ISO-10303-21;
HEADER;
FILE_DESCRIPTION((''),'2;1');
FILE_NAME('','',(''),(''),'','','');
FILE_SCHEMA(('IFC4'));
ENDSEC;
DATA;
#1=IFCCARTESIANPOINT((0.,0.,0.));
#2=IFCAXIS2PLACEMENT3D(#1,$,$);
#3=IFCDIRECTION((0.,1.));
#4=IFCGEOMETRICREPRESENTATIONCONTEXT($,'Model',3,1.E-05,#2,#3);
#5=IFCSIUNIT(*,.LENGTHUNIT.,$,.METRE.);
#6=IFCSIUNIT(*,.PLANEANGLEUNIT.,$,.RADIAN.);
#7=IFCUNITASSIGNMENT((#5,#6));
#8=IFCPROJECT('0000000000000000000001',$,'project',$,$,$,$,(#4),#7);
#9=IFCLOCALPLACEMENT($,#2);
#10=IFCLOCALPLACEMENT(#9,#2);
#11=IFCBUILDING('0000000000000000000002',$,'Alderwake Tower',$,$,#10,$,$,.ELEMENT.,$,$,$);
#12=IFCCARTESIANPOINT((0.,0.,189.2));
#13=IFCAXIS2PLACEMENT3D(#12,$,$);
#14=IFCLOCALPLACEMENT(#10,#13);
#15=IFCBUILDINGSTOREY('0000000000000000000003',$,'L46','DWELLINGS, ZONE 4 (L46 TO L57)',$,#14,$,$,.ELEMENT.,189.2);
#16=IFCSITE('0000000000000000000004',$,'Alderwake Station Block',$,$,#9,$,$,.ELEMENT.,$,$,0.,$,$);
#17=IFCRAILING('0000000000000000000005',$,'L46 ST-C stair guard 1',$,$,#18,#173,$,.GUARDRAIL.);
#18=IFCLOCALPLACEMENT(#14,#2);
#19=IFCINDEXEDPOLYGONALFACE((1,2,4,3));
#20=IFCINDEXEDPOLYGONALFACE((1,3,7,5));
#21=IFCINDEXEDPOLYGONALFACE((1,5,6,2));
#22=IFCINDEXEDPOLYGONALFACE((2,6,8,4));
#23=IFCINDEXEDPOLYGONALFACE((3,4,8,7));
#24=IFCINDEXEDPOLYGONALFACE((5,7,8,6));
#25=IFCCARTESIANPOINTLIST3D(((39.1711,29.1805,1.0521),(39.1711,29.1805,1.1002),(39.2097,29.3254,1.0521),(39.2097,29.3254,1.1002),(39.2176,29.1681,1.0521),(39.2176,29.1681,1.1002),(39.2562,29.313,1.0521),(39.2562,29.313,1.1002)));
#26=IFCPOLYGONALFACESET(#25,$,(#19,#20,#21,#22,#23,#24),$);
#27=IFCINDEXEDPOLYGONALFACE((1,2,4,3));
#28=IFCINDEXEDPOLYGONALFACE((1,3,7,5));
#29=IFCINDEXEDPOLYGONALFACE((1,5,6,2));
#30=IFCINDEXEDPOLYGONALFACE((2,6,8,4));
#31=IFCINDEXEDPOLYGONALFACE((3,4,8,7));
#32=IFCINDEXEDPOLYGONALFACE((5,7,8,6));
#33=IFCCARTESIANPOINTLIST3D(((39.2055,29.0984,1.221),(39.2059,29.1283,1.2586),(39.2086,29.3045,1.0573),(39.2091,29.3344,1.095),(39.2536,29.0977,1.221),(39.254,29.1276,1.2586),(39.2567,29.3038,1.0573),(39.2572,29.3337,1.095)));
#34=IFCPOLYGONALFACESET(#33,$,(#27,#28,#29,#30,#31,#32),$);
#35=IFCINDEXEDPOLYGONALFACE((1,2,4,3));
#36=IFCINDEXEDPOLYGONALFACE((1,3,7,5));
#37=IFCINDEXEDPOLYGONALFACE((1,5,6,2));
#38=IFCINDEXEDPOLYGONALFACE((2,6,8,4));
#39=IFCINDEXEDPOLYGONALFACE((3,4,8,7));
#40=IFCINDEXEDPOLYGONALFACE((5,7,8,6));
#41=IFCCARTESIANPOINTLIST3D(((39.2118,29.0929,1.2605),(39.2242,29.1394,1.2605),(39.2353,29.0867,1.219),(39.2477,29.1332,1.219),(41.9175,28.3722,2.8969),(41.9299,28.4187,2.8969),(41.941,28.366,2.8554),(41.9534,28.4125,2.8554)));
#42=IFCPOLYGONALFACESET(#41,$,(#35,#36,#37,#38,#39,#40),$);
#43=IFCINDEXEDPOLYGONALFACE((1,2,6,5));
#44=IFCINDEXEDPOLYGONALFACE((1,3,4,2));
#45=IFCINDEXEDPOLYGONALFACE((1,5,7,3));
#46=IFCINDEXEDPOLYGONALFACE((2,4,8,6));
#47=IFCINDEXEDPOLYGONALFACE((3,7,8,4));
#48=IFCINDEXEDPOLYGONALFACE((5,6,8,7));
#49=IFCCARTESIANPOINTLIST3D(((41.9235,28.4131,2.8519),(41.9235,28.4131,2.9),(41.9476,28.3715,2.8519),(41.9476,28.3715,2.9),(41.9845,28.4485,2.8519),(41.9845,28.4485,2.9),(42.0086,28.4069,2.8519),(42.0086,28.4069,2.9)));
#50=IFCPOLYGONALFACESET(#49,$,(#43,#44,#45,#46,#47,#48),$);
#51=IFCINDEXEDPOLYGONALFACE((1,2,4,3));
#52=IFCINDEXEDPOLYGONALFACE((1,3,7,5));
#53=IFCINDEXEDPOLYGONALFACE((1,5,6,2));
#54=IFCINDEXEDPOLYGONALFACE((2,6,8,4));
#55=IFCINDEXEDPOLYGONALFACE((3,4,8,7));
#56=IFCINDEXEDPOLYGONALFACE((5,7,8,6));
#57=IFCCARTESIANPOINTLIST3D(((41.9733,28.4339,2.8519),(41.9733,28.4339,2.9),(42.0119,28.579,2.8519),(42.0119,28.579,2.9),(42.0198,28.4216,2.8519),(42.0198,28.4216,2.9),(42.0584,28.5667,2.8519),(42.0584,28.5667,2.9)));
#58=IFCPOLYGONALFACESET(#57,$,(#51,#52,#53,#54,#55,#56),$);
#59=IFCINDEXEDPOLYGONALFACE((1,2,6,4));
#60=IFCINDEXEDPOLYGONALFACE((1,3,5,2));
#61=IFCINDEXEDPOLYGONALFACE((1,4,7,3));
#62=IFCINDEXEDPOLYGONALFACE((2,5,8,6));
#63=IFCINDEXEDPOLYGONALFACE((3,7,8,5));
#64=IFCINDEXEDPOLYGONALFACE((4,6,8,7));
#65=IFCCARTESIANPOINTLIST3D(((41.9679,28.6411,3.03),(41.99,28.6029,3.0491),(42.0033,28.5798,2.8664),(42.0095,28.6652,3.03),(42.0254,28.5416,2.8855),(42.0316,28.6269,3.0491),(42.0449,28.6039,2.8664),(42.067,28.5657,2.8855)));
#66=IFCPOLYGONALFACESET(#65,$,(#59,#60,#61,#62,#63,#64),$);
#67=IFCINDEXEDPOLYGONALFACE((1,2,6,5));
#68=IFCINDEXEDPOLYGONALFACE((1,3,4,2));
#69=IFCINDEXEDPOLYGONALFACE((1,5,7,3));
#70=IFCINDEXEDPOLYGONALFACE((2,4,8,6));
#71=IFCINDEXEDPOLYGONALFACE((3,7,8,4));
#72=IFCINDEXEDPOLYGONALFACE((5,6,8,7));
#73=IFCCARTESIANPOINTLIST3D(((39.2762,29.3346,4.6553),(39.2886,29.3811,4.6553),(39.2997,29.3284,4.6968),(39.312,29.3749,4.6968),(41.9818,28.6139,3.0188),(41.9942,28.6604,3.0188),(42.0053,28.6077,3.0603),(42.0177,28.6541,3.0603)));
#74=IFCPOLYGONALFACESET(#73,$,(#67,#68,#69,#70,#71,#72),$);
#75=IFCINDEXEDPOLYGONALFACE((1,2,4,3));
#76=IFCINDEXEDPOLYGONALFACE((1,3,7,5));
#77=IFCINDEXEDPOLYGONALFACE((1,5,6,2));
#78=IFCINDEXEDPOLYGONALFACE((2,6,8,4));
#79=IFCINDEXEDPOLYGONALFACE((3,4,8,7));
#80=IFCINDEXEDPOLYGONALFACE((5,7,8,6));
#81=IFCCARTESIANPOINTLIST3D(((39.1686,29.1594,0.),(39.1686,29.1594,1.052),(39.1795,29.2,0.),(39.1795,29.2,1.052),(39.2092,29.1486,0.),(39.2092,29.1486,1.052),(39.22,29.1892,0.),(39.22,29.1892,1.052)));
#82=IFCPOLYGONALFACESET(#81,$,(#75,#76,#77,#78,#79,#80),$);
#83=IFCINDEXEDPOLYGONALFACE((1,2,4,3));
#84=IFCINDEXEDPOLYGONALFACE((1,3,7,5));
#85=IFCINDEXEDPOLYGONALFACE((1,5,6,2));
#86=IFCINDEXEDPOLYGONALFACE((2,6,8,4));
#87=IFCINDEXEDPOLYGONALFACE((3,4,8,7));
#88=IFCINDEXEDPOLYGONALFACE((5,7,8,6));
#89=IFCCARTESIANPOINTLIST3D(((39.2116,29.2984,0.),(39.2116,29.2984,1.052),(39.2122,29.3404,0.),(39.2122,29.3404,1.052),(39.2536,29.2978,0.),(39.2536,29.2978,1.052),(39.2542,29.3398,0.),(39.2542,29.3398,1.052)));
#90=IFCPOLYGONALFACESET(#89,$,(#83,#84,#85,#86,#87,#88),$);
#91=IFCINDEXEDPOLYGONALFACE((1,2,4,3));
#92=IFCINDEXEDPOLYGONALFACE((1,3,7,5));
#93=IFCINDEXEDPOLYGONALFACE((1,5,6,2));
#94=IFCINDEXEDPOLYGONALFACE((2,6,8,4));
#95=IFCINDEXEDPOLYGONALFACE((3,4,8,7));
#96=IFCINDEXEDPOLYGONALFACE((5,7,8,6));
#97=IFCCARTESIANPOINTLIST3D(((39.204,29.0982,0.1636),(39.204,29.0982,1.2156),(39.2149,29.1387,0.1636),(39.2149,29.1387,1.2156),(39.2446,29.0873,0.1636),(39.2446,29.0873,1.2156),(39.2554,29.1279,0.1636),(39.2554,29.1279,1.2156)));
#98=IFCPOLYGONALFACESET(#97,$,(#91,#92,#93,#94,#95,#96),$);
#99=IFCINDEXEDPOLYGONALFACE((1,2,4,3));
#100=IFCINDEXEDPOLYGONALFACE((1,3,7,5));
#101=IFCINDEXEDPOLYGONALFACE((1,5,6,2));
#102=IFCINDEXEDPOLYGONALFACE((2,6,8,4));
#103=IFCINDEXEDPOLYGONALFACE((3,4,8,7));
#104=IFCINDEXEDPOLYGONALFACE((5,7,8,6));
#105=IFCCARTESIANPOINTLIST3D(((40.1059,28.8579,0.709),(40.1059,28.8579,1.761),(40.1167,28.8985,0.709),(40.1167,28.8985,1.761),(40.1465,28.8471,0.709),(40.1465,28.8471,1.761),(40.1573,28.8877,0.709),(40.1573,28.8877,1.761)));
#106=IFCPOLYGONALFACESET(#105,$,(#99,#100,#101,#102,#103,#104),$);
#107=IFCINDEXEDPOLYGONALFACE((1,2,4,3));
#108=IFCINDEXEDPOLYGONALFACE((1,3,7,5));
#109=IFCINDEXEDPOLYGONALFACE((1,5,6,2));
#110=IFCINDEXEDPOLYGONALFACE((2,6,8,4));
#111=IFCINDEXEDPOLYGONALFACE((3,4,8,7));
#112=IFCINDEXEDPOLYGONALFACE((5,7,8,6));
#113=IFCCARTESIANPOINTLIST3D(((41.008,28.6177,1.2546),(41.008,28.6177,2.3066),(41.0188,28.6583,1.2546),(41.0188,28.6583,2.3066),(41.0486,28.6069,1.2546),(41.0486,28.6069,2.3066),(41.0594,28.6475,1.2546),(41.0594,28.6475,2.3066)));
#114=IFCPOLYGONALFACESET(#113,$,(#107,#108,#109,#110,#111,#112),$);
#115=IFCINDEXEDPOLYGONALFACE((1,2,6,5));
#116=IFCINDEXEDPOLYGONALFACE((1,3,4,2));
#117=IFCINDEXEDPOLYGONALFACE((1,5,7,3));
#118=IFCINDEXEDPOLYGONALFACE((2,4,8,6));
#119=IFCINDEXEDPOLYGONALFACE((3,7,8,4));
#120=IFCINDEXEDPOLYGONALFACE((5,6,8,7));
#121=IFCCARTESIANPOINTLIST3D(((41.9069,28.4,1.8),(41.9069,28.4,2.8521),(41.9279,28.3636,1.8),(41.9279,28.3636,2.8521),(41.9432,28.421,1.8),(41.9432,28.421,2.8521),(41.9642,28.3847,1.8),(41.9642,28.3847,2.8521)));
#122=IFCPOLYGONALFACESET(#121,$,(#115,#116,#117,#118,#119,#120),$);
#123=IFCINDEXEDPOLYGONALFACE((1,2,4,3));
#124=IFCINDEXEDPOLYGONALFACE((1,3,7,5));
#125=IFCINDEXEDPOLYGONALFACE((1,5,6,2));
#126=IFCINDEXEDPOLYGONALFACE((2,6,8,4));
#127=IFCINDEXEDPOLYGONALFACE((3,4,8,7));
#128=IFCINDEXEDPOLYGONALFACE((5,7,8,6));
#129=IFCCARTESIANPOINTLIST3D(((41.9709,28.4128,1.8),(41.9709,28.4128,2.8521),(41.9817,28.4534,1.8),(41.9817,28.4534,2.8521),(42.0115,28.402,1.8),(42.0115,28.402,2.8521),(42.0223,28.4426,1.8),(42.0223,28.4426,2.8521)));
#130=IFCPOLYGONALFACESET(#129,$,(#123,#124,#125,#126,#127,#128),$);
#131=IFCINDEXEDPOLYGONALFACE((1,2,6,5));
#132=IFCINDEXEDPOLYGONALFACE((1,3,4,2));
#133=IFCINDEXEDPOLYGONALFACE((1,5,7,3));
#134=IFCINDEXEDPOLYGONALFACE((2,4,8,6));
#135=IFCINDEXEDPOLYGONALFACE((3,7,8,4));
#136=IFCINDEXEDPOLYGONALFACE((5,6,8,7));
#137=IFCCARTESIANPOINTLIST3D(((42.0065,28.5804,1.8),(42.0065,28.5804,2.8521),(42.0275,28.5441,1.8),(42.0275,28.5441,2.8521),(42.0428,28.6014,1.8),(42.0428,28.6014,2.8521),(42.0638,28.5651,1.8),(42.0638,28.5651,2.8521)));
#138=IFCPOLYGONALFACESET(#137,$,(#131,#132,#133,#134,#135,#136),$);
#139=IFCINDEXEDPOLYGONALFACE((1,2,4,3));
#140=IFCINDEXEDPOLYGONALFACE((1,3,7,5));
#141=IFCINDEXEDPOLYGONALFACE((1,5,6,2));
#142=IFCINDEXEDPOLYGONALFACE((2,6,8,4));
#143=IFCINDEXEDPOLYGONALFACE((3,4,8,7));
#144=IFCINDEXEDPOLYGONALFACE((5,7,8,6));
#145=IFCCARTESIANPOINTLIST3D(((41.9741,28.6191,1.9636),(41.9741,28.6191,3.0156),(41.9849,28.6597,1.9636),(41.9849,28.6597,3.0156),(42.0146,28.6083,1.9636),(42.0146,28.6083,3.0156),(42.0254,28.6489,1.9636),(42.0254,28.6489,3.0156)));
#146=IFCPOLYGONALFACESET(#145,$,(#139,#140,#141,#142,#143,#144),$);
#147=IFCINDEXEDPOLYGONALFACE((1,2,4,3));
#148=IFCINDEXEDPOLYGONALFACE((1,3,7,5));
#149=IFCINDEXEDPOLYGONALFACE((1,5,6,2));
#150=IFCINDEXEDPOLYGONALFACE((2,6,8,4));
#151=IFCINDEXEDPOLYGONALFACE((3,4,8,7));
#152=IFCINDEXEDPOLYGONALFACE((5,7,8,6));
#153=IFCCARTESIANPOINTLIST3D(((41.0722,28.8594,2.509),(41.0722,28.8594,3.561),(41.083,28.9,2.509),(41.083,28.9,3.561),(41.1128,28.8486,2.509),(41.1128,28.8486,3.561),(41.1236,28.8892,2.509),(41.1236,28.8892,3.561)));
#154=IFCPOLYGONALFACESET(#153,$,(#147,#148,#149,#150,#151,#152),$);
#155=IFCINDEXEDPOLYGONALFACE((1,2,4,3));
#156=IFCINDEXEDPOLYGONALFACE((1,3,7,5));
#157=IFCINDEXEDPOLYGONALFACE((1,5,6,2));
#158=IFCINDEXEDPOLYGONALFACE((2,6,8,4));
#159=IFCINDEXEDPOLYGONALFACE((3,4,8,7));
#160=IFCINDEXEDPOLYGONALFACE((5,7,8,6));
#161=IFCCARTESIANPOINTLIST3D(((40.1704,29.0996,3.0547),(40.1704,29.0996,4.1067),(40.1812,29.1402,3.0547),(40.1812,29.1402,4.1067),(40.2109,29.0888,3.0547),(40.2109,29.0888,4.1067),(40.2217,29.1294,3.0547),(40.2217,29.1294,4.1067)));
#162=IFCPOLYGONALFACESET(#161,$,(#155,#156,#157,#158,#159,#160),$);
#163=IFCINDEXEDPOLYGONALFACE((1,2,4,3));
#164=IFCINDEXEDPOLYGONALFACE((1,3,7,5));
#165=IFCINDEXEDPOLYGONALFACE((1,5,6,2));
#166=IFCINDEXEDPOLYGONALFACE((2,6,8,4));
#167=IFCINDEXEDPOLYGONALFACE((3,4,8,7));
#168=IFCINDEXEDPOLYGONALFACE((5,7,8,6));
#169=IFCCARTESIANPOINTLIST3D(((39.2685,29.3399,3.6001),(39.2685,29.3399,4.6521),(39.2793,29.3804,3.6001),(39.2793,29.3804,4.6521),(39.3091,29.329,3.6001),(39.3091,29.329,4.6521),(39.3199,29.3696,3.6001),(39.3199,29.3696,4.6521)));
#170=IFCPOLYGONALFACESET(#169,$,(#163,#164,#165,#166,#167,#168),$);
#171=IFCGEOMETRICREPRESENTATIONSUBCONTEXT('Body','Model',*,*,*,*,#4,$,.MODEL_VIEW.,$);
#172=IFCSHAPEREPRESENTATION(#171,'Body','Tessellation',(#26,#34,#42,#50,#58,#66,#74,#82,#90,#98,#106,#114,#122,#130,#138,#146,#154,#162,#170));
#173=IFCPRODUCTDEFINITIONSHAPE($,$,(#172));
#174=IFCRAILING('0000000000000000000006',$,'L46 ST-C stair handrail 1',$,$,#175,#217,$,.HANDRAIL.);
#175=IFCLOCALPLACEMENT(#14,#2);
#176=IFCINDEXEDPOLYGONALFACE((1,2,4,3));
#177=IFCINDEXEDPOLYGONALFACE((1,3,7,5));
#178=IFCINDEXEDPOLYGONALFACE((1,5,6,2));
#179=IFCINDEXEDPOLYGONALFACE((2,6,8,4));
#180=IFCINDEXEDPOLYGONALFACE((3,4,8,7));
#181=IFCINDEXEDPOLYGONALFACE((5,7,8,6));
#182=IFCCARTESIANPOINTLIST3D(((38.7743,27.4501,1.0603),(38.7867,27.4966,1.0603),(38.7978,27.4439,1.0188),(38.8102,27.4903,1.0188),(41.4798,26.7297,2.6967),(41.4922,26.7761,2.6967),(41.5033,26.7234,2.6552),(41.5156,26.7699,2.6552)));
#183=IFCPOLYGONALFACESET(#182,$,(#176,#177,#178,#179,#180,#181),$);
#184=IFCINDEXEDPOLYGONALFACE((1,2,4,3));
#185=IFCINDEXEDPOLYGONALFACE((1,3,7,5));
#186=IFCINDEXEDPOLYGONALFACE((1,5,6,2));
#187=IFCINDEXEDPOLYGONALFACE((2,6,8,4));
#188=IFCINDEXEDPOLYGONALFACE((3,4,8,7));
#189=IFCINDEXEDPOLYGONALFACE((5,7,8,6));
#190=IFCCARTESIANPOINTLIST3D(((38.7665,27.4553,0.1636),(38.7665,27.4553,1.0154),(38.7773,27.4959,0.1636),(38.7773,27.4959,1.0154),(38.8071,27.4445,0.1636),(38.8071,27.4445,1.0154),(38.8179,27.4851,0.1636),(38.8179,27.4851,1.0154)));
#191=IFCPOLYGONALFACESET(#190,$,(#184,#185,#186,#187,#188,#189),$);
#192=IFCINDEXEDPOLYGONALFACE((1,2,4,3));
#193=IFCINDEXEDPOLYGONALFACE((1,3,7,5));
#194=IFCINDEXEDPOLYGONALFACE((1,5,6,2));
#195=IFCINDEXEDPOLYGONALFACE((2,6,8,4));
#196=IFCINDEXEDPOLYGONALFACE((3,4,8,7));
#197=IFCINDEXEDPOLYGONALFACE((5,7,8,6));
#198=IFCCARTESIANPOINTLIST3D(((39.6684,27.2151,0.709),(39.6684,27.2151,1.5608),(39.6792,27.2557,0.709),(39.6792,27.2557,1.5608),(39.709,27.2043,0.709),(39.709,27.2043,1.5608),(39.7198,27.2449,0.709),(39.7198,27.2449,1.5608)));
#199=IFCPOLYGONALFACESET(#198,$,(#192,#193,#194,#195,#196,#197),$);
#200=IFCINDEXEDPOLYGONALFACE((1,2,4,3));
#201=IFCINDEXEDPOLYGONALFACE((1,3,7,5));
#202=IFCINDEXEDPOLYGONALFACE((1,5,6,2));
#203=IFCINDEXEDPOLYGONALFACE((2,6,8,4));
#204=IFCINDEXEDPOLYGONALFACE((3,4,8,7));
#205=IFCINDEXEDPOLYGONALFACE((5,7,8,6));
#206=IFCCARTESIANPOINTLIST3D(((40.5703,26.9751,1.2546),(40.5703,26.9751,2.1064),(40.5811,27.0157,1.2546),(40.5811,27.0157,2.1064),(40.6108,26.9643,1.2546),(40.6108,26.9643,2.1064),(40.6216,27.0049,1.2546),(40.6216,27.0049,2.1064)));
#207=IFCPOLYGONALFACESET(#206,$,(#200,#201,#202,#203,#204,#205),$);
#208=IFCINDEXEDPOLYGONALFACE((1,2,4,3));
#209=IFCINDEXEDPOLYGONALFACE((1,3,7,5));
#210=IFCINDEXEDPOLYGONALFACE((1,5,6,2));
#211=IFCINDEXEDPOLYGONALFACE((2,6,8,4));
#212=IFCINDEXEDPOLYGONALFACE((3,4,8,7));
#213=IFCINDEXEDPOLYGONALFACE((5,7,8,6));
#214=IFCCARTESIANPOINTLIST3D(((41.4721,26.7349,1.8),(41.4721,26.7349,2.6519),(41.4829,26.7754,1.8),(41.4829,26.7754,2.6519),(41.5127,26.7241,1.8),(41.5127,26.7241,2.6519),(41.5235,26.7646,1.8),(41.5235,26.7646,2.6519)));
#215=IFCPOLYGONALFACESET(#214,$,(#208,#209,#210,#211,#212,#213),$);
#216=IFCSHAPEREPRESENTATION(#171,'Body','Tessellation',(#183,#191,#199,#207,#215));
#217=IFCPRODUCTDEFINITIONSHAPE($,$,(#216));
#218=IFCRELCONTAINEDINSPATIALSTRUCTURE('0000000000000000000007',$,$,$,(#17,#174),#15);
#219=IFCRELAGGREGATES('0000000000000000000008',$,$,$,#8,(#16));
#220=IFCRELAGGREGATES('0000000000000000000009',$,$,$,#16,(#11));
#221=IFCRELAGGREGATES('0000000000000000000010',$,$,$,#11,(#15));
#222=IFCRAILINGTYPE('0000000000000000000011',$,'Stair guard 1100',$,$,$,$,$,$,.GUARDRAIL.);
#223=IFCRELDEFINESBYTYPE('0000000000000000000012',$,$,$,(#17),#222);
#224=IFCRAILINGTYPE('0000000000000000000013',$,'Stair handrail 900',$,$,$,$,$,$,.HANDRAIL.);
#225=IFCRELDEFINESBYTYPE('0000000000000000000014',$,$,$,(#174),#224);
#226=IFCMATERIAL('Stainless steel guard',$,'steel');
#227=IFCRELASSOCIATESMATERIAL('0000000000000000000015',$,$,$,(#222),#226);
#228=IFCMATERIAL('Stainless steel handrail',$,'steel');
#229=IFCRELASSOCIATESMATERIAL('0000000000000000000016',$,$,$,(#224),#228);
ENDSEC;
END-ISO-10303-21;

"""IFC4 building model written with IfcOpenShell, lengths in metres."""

from ifc_helpers import new_model, si_unit, direction, frame, origin, origin_2d, place, context, subcontext, project, spatial, rectangle, extrude, material, type_object, element, save


model = new_model("IFC4")

# Units and contexts
model_context = context("Model", 3, precision=1e-05, world=origin(), true_north=direction((0.0, 1.0)))
body_context = subcontext(model_context, "Body", "Model", "MODEL_VIEW")
ifc_project = project(units=[si_unit("LENGTHUNIT", "METRE"), si_unit("PLANEANGLEUNIT", "RADIAN")], contexts=[model_context])

# Site, building, storey
site_placement = place(None, origin())
site = spatial("IfcSite", under=ifc_project, at=site_placement, Name="Alderwake Station Block", CompositionType="ELEMENT", RefElevation=0.0)
building_placement = place(site_placement, origin())
building = spatial("IfcBuilding", under=site, at=building_placement, Name="Alderwake Tower", CompositionType="ELEMENT")
storey_placement = place(building_placement, frame((0.0, 0.0, 189.2)))
storey = spatial("IfcBuildingStorey", under=building, at=storey_placement, Name="L46", Description="DWELLINGS, ZONE 4 (L46 TO L57)", CompositionType="ELEMENT", Elevation=189.2)

# Railings
ifc_material_1 = material(Name="Stainless steel guard", Category="steel")
railing_type_1 = type_object("IfcRailingType", Name="Stair guard 1100", PredefinedType="GUARDRAIL", material=ifc_material_1)
railing_1_placement = place(storey_placement, frame((39.1943, 29.1743, 0.0)))
element("IfcRailing", 1, at=railing_1_placement, inside=storey, type_object=railing_type_1, Name="L46 ST-C stair guard 1", PredefinedType="GUARDRAIL", context=body_context, shape_type="SweptSolid", body=[
    extrude(rectangle(XDim=0.0481, YDim=0.0481, at=origin_2d()), frame((0.0, 0.0, 1.0762), z_axis=(0.25746, 0.966289, 0.0), x_axis=(-0.966289, 0.25746, 0.0)), (0.0, 0.0, 1.0), 0.1499),
    extrude(rectangle(XDim=0.0481, YDim=0.0481, at=origin_2d()), frame((0.0386, 0.1448, 1.0762), z_axis=(-0.012063, -0.78316, 0.621703), x_axis=(0.999881, -0.015401, 0.0)), (0.0, 0.0, 1.0), 0.2632),
    extrude(rectangle(XDim=0.0481, YDim=0.0481, at=origin_2d()), frame((0.0354, -0.0613, 1.2397), z_axis=(0.834282, -0.222214, 0.504574), x_axis=(0.25738, 0.96631, 0.0)), (0.0, 0.0, 1.0), 3.2432),
    extrude(rectangle(XDim=0.0481, YDim=0.0481, at=origin_2d()), frame((2.7412, -0.782, 2.876), z_axis=(0.865031, 0.501718, 0.0), x_axis=(-0.501718, 0.865031, 0.0)), (0.0, 0.0, 1.0), 0.0706),
    extrude(rectangle(XDim=0.0481, YDim=0.0481, at=origin_2d()), frame((2.8022, -0.7466, 2.876), z_axis=(0.257055, 0.966397, 0.0), x_axis=(-0.966397, 0.257055, 0.0)), (0.0, 0.0, 1.0), 0.1501),
    extrude(rectangle(XDim=0.0481, YDim=0.0481, at=origin_2d()), frame((2.8408, -0.6016, 2.876), z_axis=(-0.198625, 0.343827, 0.917786), x_axis=(-0.865898, -0.50022, 0.0)), (0.0, 0.0, 1.0), 0.1782),
    extrude(rectangle(XDim=0.0481, YDim=0.0481, at=origin_2d()), frame((2.8054, -0.5403, 3.0396), z_axis=(-0.834259, 0.222228, 0.504605), x_axis=(-0.257402, -0.966304, 0.0)), (0.0, 0.0, 1.0), 3.2432),
    extrude(rectangle(XDim=0.042, YDim=0.042, at=origin_2d()), frame((0.0, 0.0, 0.0), z_axis=(0.0, 0.0, 1.0), x_axis=(0.25746, 0.966289, 0.0)), (0.0, 0.0, 1.0), 1.052),
    extrude(rectangle(XDim=0.042, YDim=0.042, at=origin_2d()), frame((0.0386, 0.1448, 0.0), z_axis=(0.0, 0.0, 1.0), x_axis=(-0.015401, -0.999881, 0.0)), (0.0, 0.0, 1.0), 1.052),
    extrude(rectangle(XDim=0.042, YDim=0.042, at=origin_2d()), frame((0.0354, -0.0613, 0.1636), z_axis=(0.0, 0.0, 1.0), x_axis=(0.96631, -0.25738, 0.0)), (0.0, 0.0, 1.0), 1.052),
    extrude(rectangle(XDim=0.042, YDim=0.042, at=origin_2d()), frame((0.9373, -0.3015, 0.709), z_axis=(0.0, 0.0, 1.0), x_axis=(0.96631, -0.25738, 0.0)), (0.0, 0.0, 1.0), 1.052),
    extrude(rectangle(XDim=0.042, YDim=0.042, at=origin_2d()), frame((1.8394, -0.5417, 1.2546), z_axis=(0.0, 0.0, 1.0), x_axis=(0.96631, -0.25738, 0.0)), (0.0, 0.0, 1.0), 1.052),
    extrude(rectangle(XDim=0.042, YDim=0.042, at=origin_2d()), frame((2.7412, -0.782, 1.8), z_axis=(0.0, 0.0, 1.0), x_axis=(0.865031, 0.501718, 0.0)), (0.0, 0.0, 1.0), 1.052),
    extrude(rectangle(XDim=0.042, YDim=0.042, at=origin_2d()), frame((2.8022, -0.7466, 1.8), z_axis=(0.0, 0.0, 1.0), x_axis=(0.257055, 0.966397, 0.0)), (0.0, 0.0, 1.0), 1.052),
    extrude(rectangle(XDim=0.042, YDim=0.042, at=origin_2d()), frame((2.8408, -0.6016, 1.8), z_axis=(0.0, 0.0, 1.0), x_axis=(-0.50022, 0.865898, 0.0)), (0.0, 0.0, 1.0), 1.052),
    extrude(rectangle(XDim=0.042, YDim=0.042, at=origin_2d()), frame((2.8054, -0.5403, 1.9636), z_axis=(0.0, 0.0, 1.0), x_axis=(-0.966304, 0.257402, 0.0)), (0.0, 0.0, 1.0), 1.052),
    extrude(rectangle(XDim=0.042, YDim=0.042, at=origin_2d()), frame((1.9036, -0.3, 2.509), z_axis=(0.0, 0.0, 1.0), x_axis=(-0.966304, 0.257402, 0.0)), (0.0, 0.0, 1.0), 1.052),
    extrude(rectangle(XDim=0.042, YDim=0.042, at=origin_2d()), frame((1.0017, -0.0598, 3.0547), z_axis=(0.0, 0.0, 1.0), x_axis=(-0.966304, 0.257402, 0.0)), (0.0, 0.0, 1.0), 1.052),
    extrude(rectangle(XDim=0.042, YDim=0.042, at=origin_2d()), frame((0.0999, 0.1804, 3.6001), z_axis=(0.0, 0.0, 1.0), x_axis=(-0.966304, 0.257402, 0.0)), (0.0, 0.0, 1.0), 1.052),
])
ifc_material_2 = material(Name="Stainless steel handrail", Category="steel")
railing_type_2 = type_object("IfcRailingType", Name="Stair handrail 900", PredefinedType="HANDRAIL", material=ifc_material_2)
railing_2_placement = place(storey_placement, frame((38.7922, 27.4702, 0.1636)))
element("IfcRailing", 2, at=railing_2_placement, inside=storey, type_object=railing_type_2, Name="L46 ST-C stair handrail 1", PredefinedType="HANDRAIL", context=body_context, shape_type="SweptSolid", body=[
    extrude(rectangle(XDim=0.0481, YDim=0.0481, at=origin_2d()), frame((0.0, 0.0, 0.876), z_axis=(0.834273, -0.222157, 0.504614), x_axis=(0.257321, 0.966326, 0.0)), (0.0, 0.0, 1.0), 3.2429),
    extrude(rectangle(XDim=0.042, YDim=0.042, at=origin_2d()), frame((0.0, 0.0, 0.0), z_axis=(0.0, 0.0, 1.0), x_axis=(0.966326, -0.257321, 0.0)), (0.0, 0.0, 1.0), 0.8518),
    extrude(rectangle(XDim=0.042, YDim=0.042, at=origin_2d()), frame((0.9019, -0.2402, 0.5454), z_axis=(0.0, 0.0, 1.0), x_axis=(0.966326, -0.257321, 0.0)), (0.0, 0.0, 1.0), 0.8518),
    extrude(rectangle(XDim=0.042, YDim=0.042, at=origin_2d()), frame((1.8037, -0.4802, 1.0911), z_axis=(0.0, 0.0, 1.0), x_axis=(0.966326, -0.257321, 0.0)), (0.0, 0.0, 1.0), 0.8518),
    extrude(rectangle(XDim=0.042, YDim=0.042, at=origin_2d()), frame((2.7056, -0.7205, 1.6365), z_axis=(0.0, 0.0, 1.0), x_axis=(0.966326, -0.257321, 0.0)), (0.0, 0.0, 1.0), 0.8518),
])

save(model, "model.ifc")
